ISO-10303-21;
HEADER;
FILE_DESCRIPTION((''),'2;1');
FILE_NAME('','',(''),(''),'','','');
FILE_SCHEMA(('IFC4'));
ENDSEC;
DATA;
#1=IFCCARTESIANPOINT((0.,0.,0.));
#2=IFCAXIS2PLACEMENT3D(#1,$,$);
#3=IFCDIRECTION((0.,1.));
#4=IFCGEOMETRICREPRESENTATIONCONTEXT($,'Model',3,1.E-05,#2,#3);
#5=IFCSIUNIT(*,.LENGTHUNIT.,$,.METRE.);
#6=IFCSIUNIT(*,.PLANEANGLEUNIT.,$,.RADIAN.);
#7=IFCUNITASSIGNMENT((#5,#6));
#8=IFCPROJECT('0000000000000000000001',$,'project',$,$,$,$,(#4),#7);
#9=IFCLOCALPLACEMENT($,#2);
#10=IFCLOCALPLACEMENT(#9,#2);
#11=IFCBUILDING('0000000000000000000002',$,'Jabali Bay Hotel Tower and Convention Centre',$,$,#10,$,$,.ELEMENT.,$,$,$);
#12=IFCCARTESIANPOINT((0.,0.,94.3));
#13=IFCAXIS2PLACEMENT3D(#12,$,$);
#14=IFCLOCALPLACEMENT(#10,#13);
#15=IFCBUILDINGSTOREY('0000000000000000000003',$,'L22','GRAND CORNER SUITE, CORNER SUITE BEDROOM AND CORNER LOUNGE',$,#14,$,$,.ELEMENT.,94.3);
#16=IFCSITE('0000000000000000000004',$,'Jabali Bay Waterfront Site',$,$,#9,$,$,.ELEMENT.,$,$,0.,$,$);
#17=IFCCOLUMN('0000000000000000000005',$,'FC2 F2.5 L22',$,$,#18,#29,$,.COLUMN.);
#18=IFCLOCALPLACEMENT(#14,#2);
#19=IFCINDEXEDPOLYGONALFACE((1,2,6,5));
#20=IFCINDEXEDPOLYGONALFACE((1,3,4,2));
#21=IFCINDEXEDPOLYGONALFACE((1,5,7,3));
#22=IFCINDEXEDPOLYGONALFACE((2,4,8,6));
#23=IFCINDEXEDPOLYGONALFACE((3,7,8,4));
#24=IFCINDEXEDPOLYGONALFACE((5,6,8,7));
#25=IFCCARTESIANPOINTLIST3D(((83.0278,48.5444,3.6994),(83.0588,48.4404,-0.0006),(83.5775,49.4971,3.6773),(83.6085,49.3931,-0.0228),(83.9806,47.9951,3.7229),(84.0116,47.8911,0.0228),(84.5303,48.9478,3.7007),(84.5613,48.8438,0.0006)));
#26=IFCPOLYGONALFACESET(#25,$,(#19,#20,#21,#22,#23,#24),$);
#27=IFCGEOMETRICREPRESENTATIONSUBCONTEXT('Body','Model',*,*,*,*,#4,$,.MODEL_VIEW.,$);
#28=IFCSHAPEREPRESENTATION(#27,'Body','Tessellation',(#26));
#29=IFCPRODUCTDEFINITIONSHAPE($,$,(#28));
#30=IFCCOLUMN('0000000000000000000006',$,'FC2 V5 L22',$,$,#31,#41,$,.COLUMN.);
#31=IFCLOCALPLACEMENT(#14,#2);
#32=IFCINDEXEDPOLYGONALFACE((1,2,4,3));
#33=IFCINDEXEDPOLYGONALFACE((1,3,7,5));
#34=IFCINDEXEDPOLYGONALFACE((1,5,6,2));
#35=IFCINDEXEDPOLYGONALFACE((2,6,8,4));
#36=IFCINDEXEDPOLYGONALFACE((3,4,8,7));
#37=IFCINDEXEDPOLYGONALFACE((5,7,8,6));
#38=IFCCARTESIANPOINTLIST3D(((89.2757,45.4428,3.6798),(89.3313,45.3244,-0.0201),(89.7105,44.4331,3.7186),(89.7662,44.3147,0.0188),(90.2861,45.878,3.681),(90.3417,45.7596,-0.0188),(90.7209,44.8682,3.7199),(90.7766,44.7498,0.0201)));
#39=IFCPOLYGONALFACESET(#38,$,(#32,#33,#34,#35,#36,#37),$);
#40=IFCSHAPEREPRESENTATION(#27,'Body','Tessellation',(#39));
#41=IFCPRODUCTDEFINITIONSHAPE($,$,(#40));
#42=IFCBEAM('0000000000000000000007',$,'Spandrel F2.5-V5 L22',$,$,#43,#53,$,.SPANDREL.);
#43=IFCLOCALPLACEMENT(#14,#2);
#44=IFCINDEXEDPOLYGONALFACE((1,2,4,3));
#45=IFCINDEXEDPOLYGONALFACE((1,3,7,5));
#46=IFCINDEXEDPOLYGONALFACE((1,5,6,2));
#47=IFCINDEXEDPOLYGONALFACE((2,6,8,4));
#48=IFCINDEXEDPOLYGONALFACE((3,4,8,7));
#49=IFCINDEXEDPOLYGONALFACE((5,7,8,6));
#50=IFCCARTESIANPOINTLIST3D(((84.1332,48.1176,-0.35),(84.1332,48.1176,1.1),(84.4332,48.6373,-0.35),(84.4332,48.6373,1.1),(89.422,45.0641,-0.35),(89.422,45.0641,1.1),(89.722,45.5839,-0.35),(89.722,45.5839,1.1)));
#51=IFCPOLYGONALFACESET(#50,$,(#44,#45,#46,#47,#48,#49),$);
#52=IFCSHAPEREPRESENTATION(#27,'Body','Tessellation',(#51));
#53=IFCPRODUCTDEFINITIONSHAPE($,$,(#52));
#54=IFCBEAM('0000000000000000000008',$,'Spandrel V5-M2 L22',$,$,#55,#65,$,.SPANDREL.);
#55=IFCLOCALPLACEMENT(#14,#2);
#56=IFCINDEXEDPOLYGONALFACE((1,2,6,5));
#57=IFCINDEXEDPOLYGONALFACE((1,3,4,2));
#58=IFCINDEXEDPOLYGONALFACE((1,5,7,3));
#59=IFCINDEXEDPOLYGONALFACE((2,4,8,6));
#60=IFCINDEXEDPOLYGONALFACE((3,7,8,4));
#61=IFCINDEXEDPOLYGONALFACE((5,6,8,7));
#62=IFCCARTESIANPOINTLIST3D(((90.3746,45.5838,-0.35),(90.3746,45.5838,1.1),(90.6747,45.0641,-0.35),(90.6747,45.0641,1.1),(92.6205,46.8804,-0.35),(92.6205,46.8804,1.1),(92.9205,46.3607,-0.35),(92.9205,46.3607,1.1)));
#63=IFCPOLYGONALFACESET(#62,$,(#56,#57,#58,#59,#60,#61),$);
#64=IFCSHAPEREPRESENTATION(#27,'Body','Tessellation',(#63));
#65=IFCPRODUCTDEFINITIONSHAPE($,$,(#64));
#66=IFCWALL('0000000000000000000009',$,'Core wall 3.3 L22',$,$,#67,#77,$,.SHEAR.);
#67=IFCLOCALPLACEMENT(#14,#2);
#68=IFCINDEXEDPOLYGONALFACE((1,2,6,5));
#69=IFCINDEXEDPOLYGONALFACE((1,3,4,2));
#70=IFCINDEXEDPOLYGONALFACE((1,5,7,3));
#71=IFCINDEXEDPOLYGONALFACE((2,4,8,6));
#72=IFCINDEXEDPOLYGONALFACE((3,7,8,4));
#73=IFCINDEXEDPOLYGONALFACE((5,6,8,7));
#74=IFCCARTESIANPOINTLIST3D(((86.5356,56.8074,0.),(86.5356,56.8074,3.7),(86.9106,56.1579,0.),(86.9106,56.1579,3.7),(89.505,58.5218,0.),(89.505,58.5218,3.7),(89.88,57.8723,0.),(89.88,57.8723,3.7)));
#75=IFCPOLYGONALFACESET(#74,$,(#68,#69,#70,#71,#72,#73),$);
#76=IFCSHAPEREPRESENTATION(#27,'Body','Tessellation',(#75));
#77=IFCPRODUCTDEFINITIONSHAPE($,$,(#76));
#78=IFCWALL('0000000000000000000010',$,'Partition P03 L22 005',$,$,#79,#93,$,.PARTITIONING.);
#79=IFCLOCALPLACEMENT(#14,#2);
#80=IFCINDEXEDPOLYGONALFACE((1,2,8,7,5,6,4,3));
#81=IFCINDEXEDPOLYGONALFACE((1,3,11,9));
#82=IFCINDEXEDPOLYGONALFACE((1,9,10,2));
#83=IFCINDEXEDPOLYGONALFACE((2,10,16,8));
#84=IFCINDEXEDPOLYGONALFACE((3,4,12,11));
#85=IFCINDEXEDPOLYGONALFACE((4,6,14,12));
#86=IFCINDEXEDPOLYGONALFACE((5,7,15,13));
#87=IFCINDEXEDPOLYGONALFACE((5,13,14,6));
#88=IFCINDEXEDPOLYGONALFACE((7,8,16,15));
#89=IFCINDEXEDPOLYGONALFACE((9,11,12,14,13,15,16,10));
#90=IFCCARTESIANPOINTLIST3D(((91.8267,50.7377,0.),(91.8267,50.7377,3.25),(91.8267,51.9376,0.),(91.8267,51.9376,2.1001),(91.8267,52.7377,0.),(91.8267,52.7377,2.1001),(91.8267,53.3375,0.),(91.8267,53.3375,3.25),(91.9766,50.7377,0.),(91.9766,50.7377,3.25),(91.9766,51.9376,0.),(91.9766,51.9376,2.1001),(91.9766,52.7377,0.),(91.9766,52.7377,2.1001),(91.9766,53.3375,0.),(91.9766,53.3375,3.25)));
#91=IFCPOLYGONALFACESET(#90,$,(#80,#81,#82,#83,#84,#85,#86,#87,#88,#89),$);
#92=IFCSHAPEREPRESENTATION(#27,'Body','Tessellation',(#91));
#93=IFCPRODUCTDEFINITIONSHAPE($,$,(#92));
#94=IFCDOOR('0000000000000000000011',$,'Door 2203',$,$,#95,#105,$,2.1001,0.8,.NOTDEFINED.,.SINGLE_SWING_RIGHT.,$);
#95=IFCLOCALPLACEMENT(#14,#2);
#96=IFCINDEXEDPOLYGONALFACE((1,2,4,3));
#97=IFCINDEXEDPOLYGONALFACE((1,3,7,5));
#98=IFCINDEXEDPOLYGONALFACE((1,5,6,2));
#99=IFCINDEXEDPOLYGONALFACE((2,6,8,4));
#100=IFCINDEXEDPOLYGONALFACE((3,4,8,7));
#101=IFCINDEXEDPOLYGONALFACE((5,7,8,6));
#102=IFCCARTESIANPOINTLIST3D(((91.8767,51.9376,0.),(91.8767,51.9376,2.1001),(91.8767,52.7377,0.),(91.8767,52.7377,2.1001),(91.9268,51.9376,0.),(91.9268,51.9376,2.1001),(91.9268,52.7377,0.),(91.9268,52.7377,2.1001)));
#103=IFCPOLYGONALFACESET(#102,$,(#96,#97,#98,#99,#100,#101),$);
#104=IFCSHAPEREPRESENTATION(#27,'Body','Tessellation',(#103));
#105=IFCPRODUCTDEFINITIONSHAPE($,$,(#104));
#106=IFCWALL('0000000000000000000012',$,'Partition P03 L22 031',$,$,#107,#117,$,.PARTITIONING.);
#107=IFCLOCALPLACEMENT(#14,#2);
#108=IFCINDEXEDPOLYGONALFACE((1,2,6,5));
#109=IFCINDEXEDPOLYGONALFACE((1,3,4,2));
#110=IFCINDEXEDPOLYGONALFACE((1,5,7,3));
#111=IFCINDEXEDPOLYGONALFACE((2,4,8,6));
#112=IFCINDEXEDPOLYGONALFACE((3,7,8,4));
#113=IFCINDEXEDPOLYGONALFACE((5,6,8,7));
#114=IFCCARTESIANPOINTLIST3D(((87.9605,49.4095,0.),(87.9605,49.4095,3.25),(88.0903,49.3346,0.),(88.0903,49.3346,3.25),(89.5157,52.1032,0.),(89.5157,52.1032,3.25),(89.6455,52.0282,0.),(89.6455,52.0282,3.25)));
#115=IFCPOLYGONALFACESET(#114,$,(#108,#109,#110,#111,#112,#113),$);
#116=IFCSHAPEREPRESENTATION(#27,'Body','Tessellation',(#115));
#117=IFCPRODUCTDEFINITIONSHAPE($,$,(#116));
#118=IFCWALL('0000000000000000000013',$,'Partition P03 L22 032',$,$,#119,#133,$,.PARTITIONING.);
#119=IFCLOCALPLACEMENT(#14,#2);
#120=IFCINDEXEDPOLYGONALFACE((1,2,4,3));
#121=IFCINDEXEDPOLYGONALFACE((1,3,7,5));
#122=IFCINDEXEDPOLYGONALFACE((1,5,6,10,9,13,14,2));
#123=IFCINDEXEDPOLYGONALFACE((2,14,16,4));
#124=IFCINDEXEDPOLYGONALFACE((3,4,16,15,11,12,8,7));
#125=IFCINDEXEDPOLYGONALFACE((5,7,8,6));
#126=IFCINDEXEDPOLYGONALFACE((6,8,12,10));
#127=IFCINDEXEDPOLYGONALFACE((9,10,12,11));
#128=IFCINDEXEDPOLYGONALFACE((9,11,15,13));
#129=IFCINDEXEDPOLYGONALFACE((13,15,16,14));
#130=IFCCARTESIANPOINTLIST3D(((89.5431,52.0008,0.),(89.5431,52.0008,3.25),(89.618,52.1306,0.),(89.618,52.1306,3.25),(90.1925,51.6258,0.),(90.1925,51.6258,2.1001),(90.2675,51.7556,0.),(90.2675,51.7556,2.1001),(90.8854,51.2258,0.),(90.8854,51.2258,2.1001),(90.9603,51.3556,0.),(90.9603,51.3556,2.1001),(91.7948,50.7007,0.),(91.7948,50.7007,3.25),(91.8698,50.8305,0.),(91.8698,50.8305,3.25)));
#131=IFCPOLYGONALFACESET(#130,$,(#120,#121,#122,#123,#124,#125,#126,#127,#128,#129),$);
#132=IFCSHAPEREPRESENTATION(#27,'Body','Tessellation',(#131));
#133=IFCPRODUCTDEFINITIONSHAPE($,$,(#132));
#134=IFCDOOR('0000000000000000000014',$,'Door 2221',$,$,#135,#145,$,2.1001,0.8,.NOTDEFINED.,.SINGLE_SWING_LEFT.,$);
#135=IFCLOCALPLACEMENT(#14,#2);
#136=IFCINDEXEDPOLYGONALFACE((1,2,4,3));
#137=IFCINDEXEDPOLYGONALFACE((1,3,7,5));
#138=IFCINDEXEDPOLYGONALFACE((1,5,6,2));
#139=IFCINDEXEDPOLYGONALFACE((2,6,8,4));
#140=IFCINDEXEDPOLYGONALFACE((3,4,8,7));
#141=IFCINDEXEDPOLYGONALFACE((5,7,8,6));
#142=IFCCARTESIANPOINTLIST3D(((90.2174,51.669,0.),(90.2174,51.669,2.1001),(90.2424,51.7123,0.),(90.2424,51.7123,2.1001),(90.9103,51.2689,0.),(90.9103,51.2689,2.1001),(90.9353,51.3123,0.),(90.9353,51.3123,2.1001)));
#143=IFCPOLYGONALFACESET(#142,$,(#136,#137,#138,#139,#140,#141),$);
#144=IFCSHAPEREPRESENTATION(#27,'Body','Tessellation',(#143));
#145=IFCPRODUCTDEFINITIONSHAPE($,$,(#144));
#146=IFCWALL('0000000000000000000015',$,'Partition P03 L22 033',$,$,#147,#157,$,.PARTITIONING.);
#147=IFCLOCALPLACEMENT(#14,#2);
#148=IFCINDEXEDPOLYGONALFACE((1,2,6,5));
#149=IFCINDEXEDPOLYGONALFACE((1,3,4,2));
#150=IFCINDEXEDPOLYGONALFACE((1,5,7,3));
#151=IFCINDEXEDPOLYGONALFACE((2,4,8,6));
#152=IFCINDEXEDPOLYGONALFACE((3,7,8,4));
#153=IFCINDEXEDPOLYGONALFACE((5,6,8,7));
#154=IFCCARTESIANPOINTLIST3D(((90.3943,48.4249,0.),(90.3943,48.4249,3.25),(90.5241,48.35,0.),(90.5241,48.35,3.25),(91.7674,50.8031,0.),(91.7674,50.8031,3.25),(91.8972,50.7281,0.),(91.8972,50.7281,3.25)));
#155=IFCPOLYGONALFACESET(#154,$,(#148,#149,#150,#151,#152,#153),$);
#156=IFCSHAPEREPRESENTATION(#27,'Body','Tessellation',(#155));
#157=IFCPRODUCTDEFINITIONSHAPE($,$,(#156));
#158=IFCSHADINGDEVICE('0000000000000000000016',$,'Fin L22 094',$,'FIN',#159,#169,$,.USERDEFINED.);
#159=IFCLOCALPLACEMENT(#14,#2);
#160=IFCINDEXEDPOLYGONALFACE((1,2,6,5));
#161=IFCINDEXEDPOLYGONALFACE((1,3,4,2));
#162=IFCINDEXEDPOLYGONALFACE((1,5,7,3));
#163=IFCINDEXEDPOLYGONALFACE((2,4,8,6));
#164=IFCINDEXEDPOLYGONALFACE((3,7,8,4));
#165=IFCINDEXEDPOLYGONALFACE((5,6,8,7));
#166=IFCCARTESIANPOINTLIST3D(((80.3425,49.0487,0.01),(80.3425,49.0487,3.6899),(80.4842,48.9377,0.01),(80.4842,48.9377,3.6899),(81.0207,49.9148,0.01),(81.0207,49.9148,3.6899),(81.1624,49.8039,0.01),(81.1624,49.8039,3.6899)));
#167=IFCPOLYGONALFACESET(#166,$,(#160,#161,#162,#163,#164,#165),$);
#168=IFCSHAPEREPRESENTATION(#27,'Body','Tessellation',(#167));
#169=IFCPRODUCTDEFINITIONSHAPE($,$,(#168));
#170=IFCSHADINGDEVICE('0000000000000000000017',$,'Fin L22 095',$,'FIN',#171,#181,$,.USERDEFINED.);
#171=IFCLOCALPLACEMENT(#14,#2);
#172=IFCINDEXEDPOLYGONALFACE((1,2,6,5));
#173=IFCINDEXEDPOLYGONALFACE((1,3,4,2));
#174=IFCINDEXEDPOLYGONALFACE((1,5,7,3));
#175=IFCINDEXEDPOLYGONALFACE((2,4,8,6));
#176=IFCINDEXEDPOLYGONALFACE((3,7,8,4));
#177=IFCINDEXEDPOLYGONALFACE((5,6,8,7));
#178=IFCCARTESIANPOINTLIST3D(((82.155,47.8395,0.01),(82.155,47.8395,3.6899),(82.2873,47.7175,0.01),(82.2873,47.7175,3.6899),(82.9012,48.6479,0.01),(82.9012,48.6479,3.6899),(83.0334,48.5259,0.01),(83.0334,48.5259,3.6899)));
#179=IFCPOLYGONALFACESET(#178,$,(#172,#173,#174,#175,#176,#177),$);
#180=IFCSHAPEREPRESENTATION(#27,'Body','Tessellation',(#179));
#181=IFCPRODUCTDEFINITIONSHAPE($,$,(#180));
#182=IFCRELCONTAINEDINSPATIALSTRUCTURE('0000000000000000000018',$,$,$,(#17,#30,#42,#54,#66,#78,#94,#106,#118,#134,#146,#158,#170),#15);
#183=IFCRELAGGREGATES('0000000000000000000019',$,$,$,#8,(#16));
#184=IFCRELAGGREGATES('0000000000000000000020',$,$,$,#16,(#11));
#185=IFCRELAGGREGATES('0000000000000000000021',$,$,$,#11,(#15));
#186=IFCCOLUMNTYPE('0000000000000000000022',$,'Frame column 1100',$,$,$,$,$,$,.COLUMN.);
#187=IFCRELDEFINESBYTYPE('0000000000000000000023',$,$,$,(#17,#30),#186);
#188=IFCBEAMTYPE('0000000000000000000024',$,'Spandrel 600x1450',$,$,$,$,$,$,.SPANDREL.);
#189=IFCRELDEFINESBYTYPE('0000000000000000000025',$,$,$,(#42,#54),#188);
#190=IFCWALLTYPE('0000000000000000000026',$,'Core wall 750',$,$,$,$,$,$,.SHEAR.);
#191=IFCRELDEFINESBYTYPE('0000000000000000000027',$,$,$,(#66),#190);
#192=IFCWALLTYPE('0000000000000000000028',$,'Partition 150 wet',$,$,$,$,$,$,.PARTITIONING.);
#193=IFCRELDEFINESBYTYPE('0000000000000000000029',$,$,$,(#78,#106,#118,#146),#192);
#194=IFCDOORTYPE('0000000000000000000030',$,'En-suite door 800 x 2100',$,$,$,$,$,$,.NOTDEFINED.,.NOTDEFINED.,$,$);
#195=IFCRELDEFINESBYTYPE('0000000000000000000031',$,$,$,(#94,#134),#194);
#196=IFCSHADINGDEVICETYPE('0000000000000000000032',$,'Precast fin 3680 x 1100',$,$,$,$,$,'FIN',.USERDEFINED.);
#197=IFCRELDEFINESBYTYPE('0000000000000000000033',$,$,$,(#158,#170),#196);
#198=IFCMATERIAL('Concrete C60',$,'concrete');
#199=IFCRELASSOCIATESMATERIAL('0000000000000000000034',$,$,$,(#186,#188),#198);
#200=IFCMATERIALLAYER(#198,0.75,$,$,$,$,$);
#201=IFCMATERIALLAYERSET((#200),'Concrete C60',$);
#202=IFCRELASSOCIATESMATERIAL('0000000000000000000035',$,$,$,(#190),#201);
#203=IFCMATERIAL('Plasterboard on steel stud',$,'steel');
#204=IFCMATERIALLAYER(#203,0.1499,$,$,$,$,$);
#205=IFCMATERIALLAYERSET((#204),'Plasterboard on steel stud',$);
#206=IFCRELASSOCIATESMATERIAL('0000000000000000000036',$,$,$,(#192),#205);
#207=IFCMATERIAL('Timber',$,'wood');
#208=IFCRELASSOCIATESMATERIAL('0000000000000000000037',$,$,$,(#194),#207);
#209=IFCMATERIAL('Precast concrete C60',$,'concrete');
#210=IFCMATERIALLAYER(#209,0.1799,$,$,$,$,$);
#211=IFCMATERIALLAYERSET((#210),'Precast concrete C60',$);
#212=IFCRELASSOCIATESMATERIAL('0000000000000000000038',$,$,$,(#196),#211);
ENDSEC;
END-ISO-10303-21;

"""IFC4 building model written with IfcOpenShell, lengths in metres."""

from ifc_helpers import new_model, si_unit, direction, frame, frame_2d, origin, origin_2d, place, context, subcontext, project, spatial, rectangle, extrude, material, layer, layer_set, material_profile, profile_set, type_object, element, fill, save


model = new_model("IFC4")

# Units and contexts
model_context = context("Model", 3, precision=1e-05, world=origin(), true_north=direction((0.0, 1.0)))
body_context = subcontext(model_context, "Body", "Model", "MODEL_VIEW")
ifc_project = project(units=[si_unit("LENGTHUNIT", "METRE"), si_unit("PLANEANGLEUNIT", "RADIAN")], contexts=[model_context])

# Site, building, storey
site_placement = place(None, origin())
site = spatial("IfcSite", under=ifc_project, at=site_placement, Name="Jabali Bay Waterfront Site", CompositionType="ELEMENT", RefElevation=0.0)
building_placement = place(site_placement, origin())
building = spatial("IfcBuilding", under=site, at=building_placement, Name="Jabali Bay Hotel Tower and Convention Centre", CompositionType="ELEMENT")
storey_placement = place(building_placement, frame((0.0, 0.0, 94.3)))
storey = spatial("IfcBuildingStorey", under=building, at=storey_placement, Name="L22", Description="GRAND CORNER SUITE, CORNER SUITE BEDROOM AND CORNER LOUNGE", CompositionType="ELEMENT", Elevation=94.3)

# Columns
ifc_material_1 = material(Name="Concrete C60", Category="concrete")
ifc_material_profile_1 = material_profile(ifc_material_1, rectangle(XDim=1.1001, YDim=1.1001, at=origin_2d()), Name="Frame column 1100")
ifc_profile_set_1 = profile_set([ifc_material_profile_1], Name="Concrete C60")
column_type = type_object("IfcColumnType", Name="Frame column 1100", PredefinedType="COLUMN", material=ifc_profile_set_1)
column_1_placement = place(storey_placement, frame((83.8101, 48.6421, 0.0), z_axis=(-0.008376, 0.028097, 0.99957), x_axis=(-0.499676, -0.865978, 0.020155)))
element("IfcColumn", 1, at=column_1_placement, inside=storey, type_object=column_type, Name="FC2 F2.5 L22", PredefinedType="COLUMN", context=body_context, shape_type="SweptSolid", body=[
    extrude(rectangle(XDim=1.1001, YDim=1.1001, at=origin_2d()), origin(), (0.0, 0.0, 1.0), 3.7017),
])
column_2_placement = place(storey_placement, frame((90.054, 45.0371, 0.0), z_axis=(-0.015035, 0.031983, 0.999375), x_axis=(0.395271, -0.917885, 0.035321)))
element("IfcColumn", 2, at=column_2_placement, inside=storey, type_object=column_type, Name="FC2 V5 L22", PredefinedType="COLUMN", context=body_context, shape_type="SweptSolid", body=[
    extrude(rectangle(XDim=1.1001, YDim=1.1001, at=origin_2d()), origin(), (0.0, 0.0, 1.0), 3.7021),
])

# Beams
ifc_material_profile_2 = material_profile(ifc_material_1, rectangle(XDim=0.6001, YDim=1.45, at=origin_2d()), Name="Spandrel 600x1450")
ifc_profile_set_2 = profile_set([ifc_material_profile_2], Name="Concrete C60")
beam_type = type_object("IfcBeamType", Name="Spandrel 600x1450", PredefinedType="SPANDREL", material=ifc_profile_set_2)
beam_1_placement = place(storey_placement, frame((84.2832, 48.3774, 0.375), z_axis=(0.866028, -0.499996, 0.0), x_axis=(0.499996, 0.866028, 0.0)))
element("IfcBeam", 3, at=beam_1_placement, inside=storey, type_object=beam_type, Name="Spandrel F2.5-V5 L22", PredefinedType="SPANDREL", context=body_context, shape_type="SweptSolid", body=[
    extrude(rectangle(XDim=0.6001, YDim=1.45, at=origin_2d()), origin(), (0.0, 0.0, 1.0), 6.1069),
])
beam_2_placement = place(storey_placement, frame((90.5247, 45.324, 0.375), z_axis=(0.866027, 0.499997, 0.0), x_axis=(-0.499997, 0.866027, 0.0)))
element("IfcBeam", 4, at=beam_2_placement, inside=storey, type_object=beam_type, Name="Spandrel V5-M2 L22", PredefinedType="SPANDREL", context=body_context, shape_type="SweptSolid", body=[
    extrude(rectangle(XDim=0.6001, YDim=1.45, at=origin_2d()), origin(), (0.0, 0.0, 1.0), 2.5933),
])

# Wall
ifc_layer_1 = layer(ifc_material_1, 0.75)
ifc_layer_set_1 = layer_set([ifc_layer_1], Name="Concrete C60")
wall_type_1 = type_object("IfcWallType", Name="Core wall 750", PredefinedType="SHEAR", material=ifc_layer_set_1)
wall_1_placement = place(storey_placement, frame((86.7231, 56.4827, 0.0), z_axis=(0.0, 0.0, 1.0), x_axis=(0.866017, 0.500014, 0.0)))
element("IfcWall", 5, at=wall_1_placement, inside=storey, type_object=wall_type_1, Name="Core wall 3.3 L22", PredefinedType="SHEAR", context=body_context, shape_type="SweptSolid", body=[
    extrude(rectangle(XDim=3.4287, YDim=0.75, at=frame_2d((1.7144, 0.0))), origin(), (0.0, 0.0, 1.0), 3.7),
])

# Wall, opening, door
ifc_material_2 = material(Name="Plasterboard on steel stud", Category="steel")
ifc_layer_2 = layer(ifc_material_2, 0.1499)
ifc_layer_set_2 = layer_set([ifc_layer_2], Name="Plasterboard on steel stud")
wall_type_2 = type_object("IfcWallType", Name="Partition 150 wet", PredefinedType="PARTITIONING", material=ifc_layer_set_2)
wall_2_placement = place(storey_placement, frame((91.9016, 50.7378, 0.0), z_axis=(0.0, 0.0, 1.0), x_axis=(0.0, 1.0, 0.0)))
wall_2 = element("IfcWall", 6, at=wall_2_placement, inside=storey, type_object=wall_type_2, Name="Partition P03 L22 005", PredefinedType="PARTITIONING", context=body_context, shape_type="SweptSolid", body=[
    extrude(rectangle(XDim=2.5999, YDim=0.1499, at=frame_2d((1.2998, 0.0))), origin(), (0.0, 0.0, 1.0), 3.25),
])
opening_1_placement = place(wall_2_placement, frame((1.2, 0.0, 0.0)))
opening_1 = element("IfcOpeningElement", 7, at=opening_1_placement, cuts=wall_2, PredefinedType="OPENING", context=body_context, shape_type="SweptSolid", body=[
    extrude(rectangle(XDim=0.8, YDim=2.1001, at=frame_2d((0.3999, 1.05))), frame((0.0, 0.0854, 0.0), z_axis=(0.0, -1.0, 0.0), x_axis=(1.0, 0.0, 0.0)), (0.0, 0.0, 1.0), 0.1709),
])
ifc_material_3 = material(Name="Timber", Category="wood")
door_type_1 = type_object("IfcDoorType", Name="En-suite door 800 x 2100", OperationType="NOTDEFINED", PredefinedType="NOTDEFINED", material=ifc_material_3)
door_1_placement = place(opening_1_placement, origin())
door_1 = element("IfcDoor", 8, at=door_1_placement, inside=storey, type_object=door_type_1, Name="Door 2203", OperationType="SINGLE_SWING_RIGHT", OverallHeight=2.1001, OverallWidth=0.8, PredefinedType="NOTDEFINED", context=body_context, shape_type="SweptSolid", body=[
    extrude(rectangle(XDim=0.8, YDim=2.1001, at=frame_2d((0.3999, 1.05))), frame((0.0, 0.0249, 0.0), z_axis=(0.0, -1.0, 0.0), x_axis=(1.0, 0.0, 0.0)), (0.0, 0.0, 1.0), 0.05),
])
fill(opening_1, door_1)

# Wall
wall_3_placement = place(storey_placement, frame((88.0254, 49.3721, 0.0), z_axis=(0.0, 0.0, 1.0), x_axis=(0.500006, 0.866022, 0.0)))
element("IfcWall", 9, at=wall_3_placement, inside=storey, type_object=wall_type_2, Name="Partition P03 L22 031", PredefinedType="PARTITIONING", context=body_context, shape_type="SweptSolid", body=[
    extrude(rectangle(XDim=3.1104, YDim=0.1499, at=frame_2d((1.5552, 0.0))), origin(), (0.0, 0.0, 1.0), 3.25),
])

# Wall, opening, door
wall_4_placement = place(storey_placement, frame((89.5806, 52.0657, 0.0), z_axis=(0.0, 0.0, 1.0), x_axis=(0.866021, -0.500007, 0.0)))
wall_4 = element("IfcWall", 10, at=wall_4_placement, inside=storey, type_object=wall_type_2, Name="Partition P03 L22 032", PredefinedType="PARTITIONING", context=body_context, shape_type="SweptSolid", body=[
    extrude(rectangle(XDim=2.6001, YDim=0.1499, at=frame_2d((1.3, 0.0))), origin(), (0.0, 0.0, 1.0), 3.25),
])
opening_2_placement = place(wall_4_placement, frame((0.75, 0.0, 0.0)))
opening_2 = element("IfcOpeningElement", 11, at=opening_2_placement, cuts=wall_4, PredefinedType="OPENING", context=body_context, shape_type="SweptSolid", body=[
    extrude(rectangle(XDim=0.8, YDim=2.1001, at=frame_2d((0.3999, 1.05))), frame((0.0, 0.0854, 0.0), z_axis=(0.0, -1.0, 0.0), x_axis=(1.0, 0.0, 0.0)), (0.0, 0.0, 1.0), 0.1709),
])
door_2_placement = place(opening_2_placement, origin())
door_2 = element("IfcDoor", 12, at=door_2_placement, inside=storey, type_object=door_type_1, Name="Door 2221", OperationType="SINGLE_SWING_LEFT", OverallHeight=2.1001, OverallWidth=0.8, PredefinedType="NOTDEFINED", context=body_context, shape_type="SweptSolid", body=[
    extrude(rectangle(XDim=0.8, YDim=2.1001, at=frame_2d((0.3999, 1.05))), frame((0.0, 0.0249, 0.0), z_axis=(0.0, -1.0, 0.0), x_axis=(1.0, 0.0, 0.0)), (0.0, 0.0, 1.0), 0.05),
])
fill(opening_2, door_2)

# Wall
wall_5_placement = place(storey_placement, frame((91.8323, 50.7656, 0.0), z_axis=(0.0, 0.0, 1.0), x_axis=(-0.500002, -0.866024, 0.0)))
element("IfcWall", 13, at=wall_5_placement, inside=storey, type_object=wall_type_2, Name="Partition P03 L22 033", PredefinedType="PARTITIONING", context=body_context, shape_type="SweptSolid", body=[
    extrude(rectangle(XDim=2.7461, YDim=0.1499, at=frame_2d((1.373, 0.0))), origin(), (0.0, 0.0, 1.0), 3.25),
])

# Shading devices
ifc_material_4 = material(Name="Precast concrete C60", Category="concrete")
ifc_layer_3 = layer(ifc_material_4, 0.1799)
ifc_layer_set_3 = layer_set([ifc_layer_3], Name="Precast concrete C60")
shading_device_type_1 = type_object("IfcShadingDeviceType", Name="Precast fin 3680 x 1100", ElementType="FIN", PredefinedType="USERDEFINED", material=ifc_layer_set_3)
for number, where, z_axis, x_axis, name in (
    (14, (81.0916, 49.8594, 0.01), (0.0, 0.0, 1.0), (-0.616488, -0.787364, 0.0), "Fin L22 094"),
    (15, (82.9673, 48.5869, 0.01), (0.0, 0.0, 1.0), (-0.678243, -0.734837, 0.0), "Fin L22 095"),
):
    element("IfcShadingDevice", number, at=place(storey_placement, frame(where, z_axis=z_axis, x_axis=x_axis)), inside=storey, type_object=shading_device_type_1, Name=name, ObjectType="FIN", PredefinedType="USERDEFINED", context=body_context, shape_type="SweptSolid", body=[
        extrude(rectangle(XDim=1.1001, YDim=0.1799, at=frame_2d((0.55, 0.0))), origin(), (0.0, 0.0, 1.0), 3.6799),
    ])

save(model, "model.ifc")
